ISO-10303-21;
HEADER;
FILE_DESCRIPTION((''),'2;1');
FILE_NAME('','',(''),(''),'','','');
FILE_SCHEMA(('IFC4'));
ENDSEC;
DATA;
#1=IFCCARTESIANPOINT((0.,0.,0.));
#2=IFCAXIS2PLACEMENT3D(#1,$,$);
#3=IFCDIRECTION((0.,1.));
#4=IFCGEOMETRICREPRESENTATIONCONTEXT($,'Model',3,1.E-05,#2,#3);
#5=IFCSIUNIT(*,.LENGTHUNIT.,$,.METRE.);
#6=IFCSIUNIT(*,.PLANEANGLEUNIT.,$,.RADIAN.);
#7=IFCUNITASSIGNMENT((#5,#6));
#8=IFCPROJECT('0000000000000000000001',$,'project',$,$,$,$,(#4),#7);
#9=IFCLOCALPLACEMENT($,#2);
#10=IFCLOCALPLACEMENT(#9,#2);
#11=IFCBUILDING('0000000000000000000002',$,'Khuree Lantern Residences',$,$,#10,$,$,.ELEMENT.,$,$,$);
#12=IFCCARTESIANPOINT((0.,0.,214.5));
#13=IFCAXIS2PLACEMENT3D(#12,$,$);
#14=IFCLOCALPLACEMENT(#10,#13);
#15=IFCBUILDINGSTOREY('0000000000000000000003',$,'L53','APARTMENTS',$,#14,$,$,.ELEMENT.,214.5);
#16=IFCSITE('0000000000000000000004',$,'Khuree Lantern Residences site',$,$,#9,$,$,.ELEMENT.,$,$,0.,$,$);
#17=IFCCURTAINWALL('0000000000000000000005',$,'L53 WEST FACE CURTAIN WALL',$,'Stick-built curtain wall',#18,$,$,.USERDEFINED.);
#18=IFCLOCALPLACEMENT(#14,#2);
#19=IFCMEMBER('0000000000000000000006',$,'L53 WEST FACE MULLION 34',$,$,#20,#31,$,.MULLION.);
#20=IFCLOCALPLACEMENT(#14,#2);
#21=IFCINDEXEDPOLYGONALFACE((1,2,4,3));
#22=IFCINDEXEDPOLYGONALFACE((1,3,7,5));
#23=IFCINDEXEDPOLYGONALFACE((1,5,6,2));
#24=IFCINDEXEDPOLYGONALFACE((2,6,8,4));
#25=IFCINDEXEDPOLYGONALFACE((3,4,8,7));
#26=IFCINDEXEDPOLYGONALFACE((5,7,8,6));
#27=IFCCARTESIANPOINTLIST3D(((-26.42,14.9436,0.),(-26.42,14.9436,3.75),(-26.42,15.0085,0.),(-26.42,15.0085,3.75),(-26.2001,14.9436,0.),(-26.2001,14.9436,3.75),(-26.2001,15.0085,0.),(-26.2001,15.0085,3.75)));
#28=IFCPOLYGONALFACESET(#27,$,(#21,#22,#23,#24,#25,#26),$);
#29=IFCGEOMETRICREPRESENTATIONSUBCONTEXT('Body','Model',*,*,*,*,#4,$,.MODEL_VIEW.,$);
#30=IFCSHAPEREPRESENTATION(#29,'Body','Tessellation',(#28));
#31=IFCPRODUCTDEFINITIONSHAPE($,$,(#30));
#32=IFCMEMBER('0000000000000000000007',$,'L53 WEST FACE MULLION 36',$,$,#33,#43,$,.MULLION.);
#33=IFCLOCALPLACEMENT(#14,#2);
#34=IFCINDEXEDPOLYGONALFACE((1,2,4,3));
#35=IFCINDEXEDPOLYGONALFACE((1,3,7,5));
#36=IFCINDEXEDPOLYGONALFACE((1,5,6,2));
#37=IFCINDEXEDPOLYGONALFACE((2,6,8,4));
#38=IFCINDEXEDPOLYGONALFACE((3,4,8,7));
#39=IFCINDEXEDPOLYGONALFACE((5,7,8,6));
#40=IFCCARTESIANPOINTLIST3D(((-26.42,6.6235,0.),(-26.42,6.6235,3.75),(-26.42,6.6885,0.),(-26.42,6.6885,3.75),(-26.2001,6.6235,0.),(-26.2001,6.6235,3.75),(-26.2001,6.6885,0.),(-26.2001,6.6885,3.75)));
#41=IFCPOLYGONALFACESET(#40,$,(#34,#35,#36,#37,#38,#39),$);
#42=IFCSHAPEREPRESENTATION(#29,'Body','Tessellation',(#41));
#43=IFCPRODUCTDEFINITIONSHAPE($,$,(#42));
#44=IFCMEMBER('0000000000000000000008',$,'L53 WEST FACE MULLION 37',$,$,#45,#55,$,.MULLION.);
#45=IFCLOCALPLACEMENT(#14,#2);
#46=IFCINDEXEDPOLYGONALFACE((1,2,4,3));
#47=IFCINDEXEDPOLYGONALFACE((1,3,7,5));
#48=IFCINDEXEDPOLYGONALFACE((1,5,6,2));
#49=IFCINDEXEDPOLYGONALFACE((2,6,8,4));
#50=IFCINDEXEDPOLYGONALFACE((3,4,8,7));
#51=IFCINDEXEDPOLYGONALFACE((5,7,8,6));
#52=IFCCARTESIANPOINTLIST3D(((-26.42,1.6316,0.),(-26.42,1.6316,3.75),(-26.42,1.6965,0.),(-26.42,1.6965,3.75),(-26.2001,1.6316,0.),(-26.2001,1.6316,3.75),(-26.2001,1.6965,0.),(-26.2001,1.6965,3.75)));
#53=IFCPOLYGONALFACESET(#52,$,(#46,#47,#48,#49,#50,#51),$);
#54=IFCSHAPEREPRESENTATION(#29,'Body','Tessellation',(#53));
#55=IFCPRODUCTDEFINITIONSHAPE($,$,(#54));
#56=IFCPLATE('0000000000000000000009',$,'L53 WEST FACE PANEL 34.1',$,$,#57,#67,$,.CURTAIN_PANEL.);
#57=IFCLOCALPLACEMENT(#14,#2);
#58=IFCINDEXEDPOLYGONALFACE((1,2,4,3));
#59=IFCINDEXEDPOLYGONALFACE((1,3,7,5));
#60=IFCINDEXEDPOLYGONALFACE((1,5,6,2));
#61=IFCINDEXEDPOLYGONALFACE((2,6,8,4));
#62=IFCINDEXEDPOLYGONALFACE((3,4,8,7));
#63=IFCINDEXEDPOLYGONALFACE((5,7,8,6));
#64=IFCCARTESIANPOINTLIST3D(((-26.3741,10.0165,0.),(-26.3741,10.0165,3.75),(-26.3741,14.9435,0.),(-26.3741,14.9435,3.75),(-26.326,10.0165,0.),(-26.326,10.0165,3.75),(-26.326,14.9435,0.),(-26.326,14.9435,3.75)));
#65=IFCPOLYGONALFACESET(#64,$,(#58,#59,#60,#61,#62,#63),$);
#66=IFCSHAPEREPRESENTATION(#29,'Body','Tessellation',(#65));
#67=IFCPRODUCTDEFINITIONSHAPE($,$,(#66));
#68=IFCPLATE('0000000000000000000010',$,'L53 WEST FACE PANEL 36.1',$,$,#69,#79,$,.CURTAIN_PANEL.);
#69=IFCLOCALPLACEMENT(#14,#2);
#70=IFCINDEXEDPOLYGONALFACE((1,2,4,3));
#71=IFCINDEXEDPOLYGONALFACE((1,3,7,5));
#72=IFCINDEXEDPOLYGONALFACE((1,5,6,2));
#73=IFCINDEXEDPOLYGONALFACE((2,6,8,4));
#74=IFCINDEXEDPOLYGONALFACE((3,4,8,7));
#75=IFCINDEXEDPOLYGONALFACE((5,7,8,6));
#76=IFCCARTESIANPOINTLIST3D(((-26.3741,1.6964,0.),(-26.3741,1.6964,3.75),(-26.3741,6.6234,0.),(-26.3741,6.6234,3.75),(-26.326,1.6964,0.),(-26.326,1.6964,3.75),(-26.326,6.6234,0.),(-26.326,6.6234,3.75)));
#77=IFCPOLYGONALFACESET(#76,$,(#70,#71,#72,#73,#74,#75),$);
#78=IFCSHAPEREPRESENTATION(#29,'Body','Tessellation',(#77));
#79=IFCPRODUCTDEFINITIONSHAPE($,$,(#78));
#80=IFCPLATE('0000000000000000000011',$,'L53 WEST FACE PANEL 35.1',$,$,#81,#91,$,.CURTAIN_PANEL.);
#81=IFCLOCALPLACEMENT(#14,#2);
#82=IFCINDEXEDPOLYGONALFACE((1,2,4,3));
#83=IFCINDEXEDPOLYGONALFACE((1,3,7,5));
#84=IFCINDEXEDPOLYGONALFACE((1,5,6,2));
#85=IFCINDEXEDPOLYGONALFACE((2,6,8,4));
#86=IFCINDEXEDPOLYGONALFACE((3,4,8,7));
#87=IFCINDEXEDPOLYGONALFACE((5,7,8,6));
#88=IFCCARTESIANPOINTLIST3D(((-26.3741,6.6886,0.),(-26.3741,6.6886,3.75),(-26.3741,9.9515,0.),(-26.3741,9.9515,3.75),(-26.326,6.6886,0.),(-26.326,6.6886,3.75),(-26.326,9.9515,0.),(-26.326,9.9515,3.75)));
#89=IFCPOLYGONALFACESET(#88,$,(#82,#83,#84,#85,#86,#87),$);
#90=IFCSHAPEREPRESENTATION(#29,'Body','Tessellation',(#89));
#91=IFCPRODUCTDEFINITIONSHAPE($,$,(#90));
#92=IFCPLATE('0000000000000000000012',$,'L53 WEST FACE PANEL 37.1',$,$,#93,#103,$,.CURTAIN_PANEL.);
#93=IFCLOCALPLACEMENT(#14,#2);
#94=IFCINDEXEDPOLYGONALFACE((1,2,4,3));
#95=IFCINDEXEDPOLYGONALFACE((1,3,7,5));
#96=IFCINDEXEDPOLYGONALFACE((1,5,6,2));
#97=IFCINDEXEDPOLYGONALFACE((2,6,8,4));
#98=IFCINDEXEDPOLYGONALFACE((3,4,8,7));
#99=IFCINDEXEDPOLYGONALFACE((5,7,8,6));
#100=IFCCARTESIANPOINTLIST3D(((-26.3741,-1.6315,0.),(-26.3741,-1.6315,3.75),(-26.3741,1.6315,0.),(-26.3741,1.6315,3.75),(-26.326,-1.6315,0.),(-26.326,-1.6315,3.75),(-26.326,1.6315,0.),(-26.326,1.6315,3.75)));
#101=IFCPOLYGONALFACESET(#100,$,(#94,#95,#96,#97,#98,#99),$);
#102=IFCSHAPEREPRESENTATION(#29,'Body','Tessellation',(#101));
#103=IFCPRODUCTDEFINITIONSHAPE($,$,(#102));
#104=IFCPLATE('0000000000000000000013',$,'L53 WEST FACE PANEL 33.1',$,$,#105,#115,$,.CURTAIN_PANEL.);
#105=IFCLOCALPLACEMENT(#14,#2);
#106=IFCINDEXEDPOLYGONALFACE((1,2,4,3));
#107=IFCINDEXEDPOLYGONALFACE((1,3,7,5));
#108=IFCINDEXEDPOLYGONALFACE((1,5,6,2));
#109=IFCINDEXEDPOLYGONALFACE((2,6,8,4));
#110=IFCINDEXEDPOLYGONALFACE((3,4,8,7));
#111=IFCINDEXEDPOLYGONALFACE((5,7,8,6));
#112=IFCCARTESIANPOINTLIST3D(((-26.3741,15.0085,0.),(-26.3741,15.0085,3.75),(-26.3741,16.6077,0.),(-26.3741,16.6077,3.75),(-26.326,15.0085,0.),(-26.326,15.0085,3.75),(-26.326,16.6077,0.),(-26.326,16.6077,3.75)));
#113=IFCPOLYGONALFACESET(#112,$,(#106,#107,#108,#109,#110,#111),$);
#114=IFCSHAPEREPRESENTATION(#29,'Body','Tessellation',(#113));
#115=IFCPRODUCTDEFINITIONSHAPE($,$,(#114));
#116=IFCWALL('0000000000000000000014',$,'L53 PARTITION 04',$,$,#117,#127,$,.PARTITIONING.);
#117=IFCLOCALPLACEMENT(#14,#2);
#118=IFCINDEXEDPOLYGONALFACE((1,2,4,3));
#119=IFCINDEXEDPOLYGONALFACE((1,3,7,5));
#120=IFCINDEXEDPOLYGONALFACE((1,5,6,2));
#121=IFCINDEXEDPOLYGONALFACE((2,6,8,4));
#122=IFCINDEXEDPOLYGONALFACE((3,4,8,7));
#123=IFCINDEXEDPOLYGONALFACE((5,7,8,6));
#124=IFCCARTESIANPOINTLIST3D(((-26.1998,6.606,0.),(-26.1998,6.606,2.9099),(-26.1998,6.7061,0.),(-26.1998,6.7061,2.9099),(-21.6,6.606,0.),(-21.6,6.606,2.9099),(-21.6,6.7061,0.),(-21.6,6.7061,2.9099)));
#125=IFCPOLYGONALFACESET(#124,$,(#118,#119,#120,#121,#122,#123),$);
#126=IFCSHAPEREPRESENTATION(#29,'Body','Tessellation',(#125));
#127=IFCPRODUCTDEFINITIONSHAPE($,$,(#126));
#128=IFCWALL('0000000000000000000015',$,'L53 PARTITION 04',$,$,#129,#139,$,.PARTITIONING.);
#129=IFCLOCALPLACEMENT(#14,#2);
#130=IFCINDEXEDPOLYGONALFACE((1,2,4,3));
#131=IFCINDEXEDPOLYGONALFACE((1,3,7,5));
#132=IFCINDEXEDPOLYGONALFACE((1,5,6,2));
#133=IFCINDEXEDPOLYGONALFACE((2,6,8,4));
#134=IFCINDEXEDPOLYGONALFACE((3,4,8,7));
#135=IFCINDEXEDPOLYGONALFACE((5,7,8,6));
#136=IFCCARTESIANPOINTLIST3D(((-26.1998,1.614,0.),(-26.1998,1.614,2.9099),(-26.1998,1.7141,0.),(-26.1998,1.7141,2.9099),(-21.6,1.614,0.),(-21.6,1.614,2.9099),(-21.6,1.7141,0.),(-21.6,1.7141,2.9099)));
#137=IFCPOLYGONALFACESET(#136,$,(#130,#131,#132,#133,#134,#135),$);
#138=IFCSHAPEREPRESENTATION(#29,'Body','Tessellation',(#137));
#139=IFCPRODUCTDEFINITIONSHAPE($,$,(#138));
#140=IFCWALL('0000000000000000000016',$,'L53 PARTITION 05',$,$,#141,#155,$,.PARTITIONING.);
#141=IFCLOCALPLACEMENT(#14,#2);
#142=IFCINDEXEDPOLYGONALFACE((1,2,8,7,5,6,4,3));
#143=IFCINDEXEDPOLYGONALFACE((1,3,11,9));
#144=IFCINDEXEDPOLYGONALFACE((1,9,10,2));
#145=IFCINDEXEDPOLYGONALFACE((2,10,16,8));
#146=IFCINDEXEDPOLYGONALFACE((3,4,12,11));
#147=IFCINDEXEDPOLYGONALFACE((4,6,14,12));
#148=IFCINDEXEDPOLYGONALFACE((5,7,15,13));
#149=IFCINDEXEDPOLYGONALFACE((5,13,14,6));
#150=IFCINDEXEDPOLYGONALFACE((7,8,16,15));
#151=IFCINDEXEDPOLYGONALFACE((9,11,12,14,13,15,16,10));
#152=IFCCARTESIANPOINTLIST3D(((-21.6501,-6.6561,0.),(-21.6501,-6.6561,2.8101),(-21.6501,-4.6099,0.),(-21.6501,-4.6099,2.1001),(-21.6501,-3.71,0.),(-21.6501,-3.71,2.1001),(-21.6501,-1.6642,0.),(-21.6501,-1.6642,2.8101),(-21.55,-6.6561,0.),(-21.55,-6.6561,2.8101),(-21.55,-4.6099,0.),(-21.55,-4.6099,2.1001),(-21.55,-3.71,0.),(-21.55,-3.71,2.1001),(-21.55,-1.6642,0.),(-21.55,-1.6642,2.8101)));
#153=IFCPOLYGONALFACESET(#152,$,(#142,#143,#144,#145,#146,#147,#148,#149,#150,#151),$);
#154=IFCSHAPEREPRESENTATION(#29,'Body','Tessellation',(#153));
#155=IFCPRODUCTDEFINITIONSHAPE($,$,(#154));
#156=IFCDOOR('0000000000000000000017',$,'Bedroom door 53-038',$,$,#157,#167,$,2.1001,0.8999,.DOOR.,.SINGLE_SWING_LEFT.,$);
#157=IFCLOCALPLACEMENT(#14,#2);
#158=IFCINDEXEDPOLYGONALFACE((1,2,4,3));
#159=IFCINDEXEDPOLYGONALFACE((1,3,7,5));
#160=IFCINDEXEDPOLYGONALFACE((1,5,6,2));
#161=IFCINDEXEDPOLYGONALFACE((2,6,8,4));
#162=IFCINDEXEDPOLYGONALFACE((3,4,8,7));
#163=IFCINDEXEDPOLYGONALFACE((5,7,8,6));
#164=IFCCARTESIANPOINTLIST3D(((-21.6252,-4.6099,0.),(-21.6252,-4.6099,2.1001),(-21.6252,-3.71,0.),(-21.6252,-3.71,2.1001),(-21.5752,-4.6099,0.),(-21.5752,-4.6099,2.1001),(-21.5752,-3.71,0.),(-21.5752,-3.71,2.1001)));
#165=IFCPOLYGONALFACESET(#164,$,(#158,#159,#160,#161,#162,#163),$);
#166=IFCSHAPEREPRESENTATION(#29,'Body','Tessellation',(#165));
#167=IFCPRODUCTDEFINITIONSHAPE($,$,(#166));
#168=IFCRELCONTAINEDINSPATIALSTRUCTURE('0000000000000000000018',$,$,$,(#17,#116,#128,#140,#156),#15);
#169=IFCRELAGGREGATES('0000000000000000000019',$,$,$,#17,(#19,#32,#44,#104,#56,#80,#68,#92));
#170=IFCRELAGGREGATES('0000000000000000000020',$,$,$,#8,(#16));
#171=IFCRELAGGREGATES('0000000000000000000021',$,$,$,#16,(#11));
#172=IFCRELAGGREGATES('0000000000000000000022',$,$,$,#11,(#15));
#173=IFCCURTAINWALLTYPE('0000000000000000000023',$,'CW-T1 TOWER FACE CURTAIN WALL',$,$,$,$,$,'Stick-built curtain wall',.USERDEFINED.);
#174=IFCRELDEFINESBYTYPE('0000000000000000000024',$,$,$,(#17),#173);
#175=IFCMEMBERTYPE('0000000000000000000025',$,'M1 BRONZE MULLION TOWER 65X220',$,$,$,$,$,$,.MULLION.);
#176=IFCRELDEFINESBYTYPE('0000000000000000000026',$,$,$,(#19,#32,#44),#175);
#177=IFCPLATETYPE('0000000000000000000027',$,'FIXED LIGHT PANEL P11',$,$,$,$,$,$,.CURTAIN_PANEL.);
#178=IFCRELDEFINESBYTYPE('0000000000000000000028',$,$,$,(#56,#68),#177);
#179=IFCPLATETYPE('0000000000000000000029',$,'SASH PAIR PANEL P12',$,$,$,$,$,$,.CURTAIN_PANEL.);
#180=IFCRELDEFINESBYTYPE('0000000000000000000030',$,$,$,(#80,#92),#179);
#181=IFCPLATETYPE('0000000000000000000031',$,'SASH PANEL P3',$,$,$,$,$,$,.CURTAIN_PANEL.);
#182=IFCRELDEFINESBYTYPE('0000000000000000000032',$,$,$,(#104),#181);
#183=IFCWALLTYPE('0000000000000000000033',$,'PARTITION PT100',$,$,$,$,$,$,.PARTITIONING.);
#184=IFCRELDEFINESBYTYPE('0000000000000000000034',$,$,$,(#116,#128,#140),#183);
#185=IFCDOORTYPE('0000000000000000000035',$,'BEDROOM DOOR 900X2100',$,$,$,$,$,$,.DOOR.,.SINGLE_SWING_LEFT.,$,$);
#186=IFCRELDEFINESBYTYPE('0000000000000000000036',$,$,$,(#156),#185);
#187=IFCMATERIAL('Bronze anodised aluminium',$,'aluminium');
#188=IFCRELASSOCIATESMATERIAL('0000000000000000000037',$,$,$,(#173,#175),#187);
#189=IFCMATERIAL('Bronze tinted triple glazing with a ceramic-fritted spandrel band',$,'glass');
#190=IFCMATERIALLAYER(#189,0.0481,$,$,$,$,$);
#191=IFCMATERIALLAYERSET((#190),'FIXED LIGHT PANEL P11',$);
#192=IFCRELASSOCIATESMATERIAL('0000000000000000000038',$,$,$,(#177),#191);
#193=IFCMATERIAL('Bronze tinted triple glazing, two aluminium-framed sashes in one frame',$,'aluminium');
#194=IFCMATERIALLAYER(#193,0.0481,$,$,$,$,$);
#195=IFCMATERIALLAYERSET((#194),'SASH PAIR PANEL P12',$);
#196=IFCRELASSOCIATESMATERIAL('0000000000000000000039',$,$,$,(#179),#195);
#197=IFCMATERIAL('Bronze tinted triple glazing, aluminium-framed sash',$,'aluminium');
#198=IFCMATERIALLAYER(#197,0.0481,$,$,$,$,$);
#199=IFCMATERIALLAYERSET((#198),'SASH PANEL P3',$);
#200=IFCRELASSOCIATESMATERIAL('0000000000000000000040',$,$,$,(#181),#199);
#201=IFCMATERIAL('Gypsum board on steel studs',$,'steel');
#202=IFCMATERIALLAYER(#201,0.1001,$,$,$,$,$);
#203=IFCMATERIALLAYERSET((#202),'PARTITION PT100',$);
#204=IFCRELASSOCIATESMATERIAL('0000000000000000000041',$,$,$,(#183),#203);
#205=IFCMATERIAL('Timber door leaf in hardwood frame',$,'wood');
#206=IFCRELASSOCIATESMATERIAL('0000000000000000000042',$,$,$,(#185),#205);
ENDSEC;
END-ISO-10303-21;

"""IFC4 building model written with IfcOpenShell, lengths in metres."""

from ifc_helpers import new_model, si_unit, direction, frame, frame_2d, origin, origin_2d, place, context, subcontext, project, spatial, rectangle, extrude, material, layer, layer_set, material_profile, profile_set, type_object, element, fill, aggregate, save


model = new_model("IFC4")

# Units and contexts
model_context = context("Model", 3, precision=1e-05, world=origin(), true_north=direction((0.0, 1.0)))
body_context = subcontext(model_context, "Body", "Model", "MODEL_VIEW")
ifc_project = project(units=[si_unit("LENGTHUNIT", "METRE"), si_unit("PLANEANGLEUNIT", "RADIAN")], contexts=[model_context])

# Site, building, storey
site_placement = place(None, origin())
site = spatial("IfcSite", under=ifc_project, at=site_placement, Name="Khuree Lantern Residences site", CompositionType="ELEMENT", RefElevation=0.0)
building_placement = place(site_placement, origin())
building = spatial("IfcBuilding", under=site, at=building_placement, Name="Khuree Lantern Residences", CompositionType="ELEMENT")
storey_placement = place(building_placement, frame((0.0, 0.0, 214.5)))
storey = spatial("IfcBuildingStorey", under=building, at=storey_placement, Name="L53", Description="APARTMENTS", CompositionType="ELEMENT", Elevation=214.5)

# Curtain wall
ifc_material_1 = material(Name="Bronze anodised aluminium", Category="aluminium")
curtain_wall_type = type_object("IfcCurtainWallType", Name="CW-T1 TOWER FACE CURTAIN WALL", ElementType="Stick-built curtain wall", PredefinedType="USERDEFINED", material=ifc_material_1)
curtain_wall_placement = place(storey_placement, origin())
curtain_wall = element("IfcCurtainWall", 1, at=curtain_wall_placement, inside=storey, type_object=curtain_wall_type, Name="L53 WEST FACE CURTAIN WALL", ObjectType="Stick-built curtain wall", PredefinedType="USERDEFINED")

# Members
ifc_material_profile_1 = material_profile(ifc_material_1, rectangle(XDim=0.0649, YDim=0.22, at=origin_2d()), Name="M1 65X220")
ifc_profile_set_1 = profile_set([ifc_material_profile_1], Name="Bronze anodised aluminium")
member_type_1 = type_object("IfcMemberType", Name="M1 BRONZE MULLION TOWER 65X220", PredefinedType="MULLION", material=ifc_profile_set_1)
member_1_placement = place(storey_placement, frame((-26.3101, 14.9761, 0.0), z_axis=(0.0, 0.0, 1.0), x_axis=(0.0, -1.0, 0.0)))
member_1 = element("IfcMember", 2, at=member_1_placement, type_object=member_type_1, Name="L53 WEST FACE MULLION 34", PredefinedType="MULLION", context=body_context, shape_type="SweptSolid", body=[
    extrude(rectangle(XDim=0.0649, YDim=0.22, at=origin_2d()), origin(), (0.0, 0.0, 1.0), 3.75),
])
member_2_placement = place(storey_placement, frame((-26.3101, 6.656, 0.0), z_axis=(0.0, 0.0, 1.0), x_axis=(0.0, -1.0, 0.0)))
member_2 = element("IfcMember", 3, at=member_2_placement, type_object=member_type_1, Name="L53 WEST FACE MULLION 36", PredefinedType="MULLION", context=body_context, shape_type="SweptSolid", body=[
    extrude(rectangle(XDim=0.0649, YDim=0.22, at=origin_2d()), origin(), (0.0, 0.0, 1.0), 3.75),
])
member_3_placement = place(storey_placement, frame((-26.3101, 1.6641, 0.0), z_axis=(0.0, 0.0, 1.0), x_axis=(0.0, -1.0, 0.0)))
member_3 = element("IfcMember", 4, at=member_3_placement, type_object=member_type_1, Name="L53 WEST FACE MULLION 37", PredefinedType="MULLION", context=body_context, shape_type="SweptSolid", body=[
    extrude(rectangle(XDim=0.0649, YDim=0.22, at=origin_2d()), origin(), (0.0, 0.0, 1.0), 3.75),
])

# Plates
ifc_material_2 = material(Name="Bronze tinted triple glazing with a ceramic-fritted spandrel band", Category="glass")
ifc_layer_1 = layer(ifc_material_2, 0.0481)
ifc_layer_set_1 = layer_set([ifc_layer_1], Name="FIXED LIGHT PANEL P11")
plate_type_1 = type_object("IfcPlateType", Name="FIXED LIGHT PANEL P11", PredefinedType="CURTAIN_PANEL", material=ifc_layer_set_1)
plate_1_placement = place(storey_placement, frame((-26.3501, 12.48, 0.0), z_axis=(0.0, 0.0, 1.0), x_axis=(0.0, -1.0, 0.0)))
plate_1 = element("IfcPlate", 5, at=plate_1_placement, type_object=plate_type_1, Name="L53 WEST FACE PANEL 34.1", PredefinedType="CURTAIN_PANEL", context=body_context, shape_type="SweptSolid", body=[
    extrude(rectangle(XDim=4.927, YDim=0.0481, at=origin_2d()), origin(), (0.0, 0.0, 1.0), 3.75),
])
plate_2_placement = place(storey_placement, frame((-26.3501, 4.1599, 0.0), z_axis=(0.0, 0.0, 1.0), x_axis=(0.0, -1.0, 0.0)))
plate_2 = element("IfcPlate", 6, at=plate_2_placement, type_object=plate_type_1, Name="L53 WEST FACE PANEL 36.1", PredefinedType="CURTAIN_PANEL", context=body_context, shape_type="SweptSolid", body=[
    extrude(rectangle(XDim=4.927, YDim=0.0481, at=origin_2d()), origin(), (0.0, 0.0, 1.0), 3.75),
])
ifc_material_3 = material(Name="Bronze tinted triple glazing, two aluminium-framed sashes in one frame", Category="aluminium")
ifc_layer_2 = layer(ifc_material_3, 0.0481)
ifc_layer_set_2 = layer_set([ifc_layer_2], Name="SASH PAIR PANEL P12")
plate_type_2 = type_object("IfcPlateType", Name="SASH PAIR PANEL P12", PredefinedType="CURTAIN_PANEL", material=ifc_layer_set_2)
plate_3_placement = place(storey_placement, frame((-26.3501, 8.3201, 0.0), z_axis=(0.0, 0.0, 1.0), x_axis=(0.0, -1.0, 0.0)))
plate_3 = element("IfcPlate", 7, at=plate_3_placement, type_object=plate_type_2, Name="L53 WEST FACE PANEL 35.1", PredefinedType="CURTAIN_PANEL", context=body_context, shape_type="SweptSolid", body=[
    extrude(rectangle(XDim=3.2629, YDim=0.0481, at=origin_2d()), origin(), (0.0, 0.0, 1.0), 3.75),
])
plate_4_placement = place(storey_placement, frame((-26.3501, 0.0, 0.0), z_axis=(0.0, 0.0, 1.0), x_axis=(0.0, -1.0, 0.0)))
plate_4 = element("IfcPlate", 8, at=plate_4_placement, type_object=plate_type_2, Name="L53 WEST FACE PANEL 37.1", PredefinedType="CURTAIN_PANEL", context=body_context, shape_type="SweptSolid", body=[
    extrude(rectangle(XDim=3.2629, YDim=0.0481, at=origin_2d()), origin(), (0.0, 0.0, 1.0), 3.75),
])
ifc_material_4 = material(Name="Bronze tinted triple glazing, aluminium-framed sash", Category="aluminium")
ifc_layer_3 = layer(ifc_material_4, 0.0481)
ifc_layer_set_3 = layer_set([ifc_layer_3], Name="SASH PANEL P3")
plate_type_3 = type_object("IfcPlateType", Name="SASH PANEL P3", PredefinedType="CURTAIN_PANEL", material=ifc_layer_set_3)
plate_5_placement = place(storey_placement, frame((-26.3501, 15.8081, 0.0), z_axis=(0.0, 0.0, 1.0), x_axis=(0.0, -1.0, 0.0)))
plate_5 = element("IfcPlate", 9, at=plate_5_placement, type_object=plate_type_3, Name="L53 WEST FACE PANEL 33.1", PredefinedType="CURTAIN_PANEL", context=body_context, shape_type="SweptSolid", body=[
    extrude(rectangle(XDim=1.5991, YDim=0.0481, at=origin_2d()), origin(), (0.0, 0.0, 1.0), 3.75),
])
aggregate(curtain_wall, [member_1, member_2, member_3, plate_5, plate_1, plate_3, plate_2, plate_4])

# Walls
ifc_material_5 = material(Name="Gypsum board on steel studs", Category="steel")
ifc_layer_4 = layer(ifc_material_5, 0.1001)
ifc_layer_set_4 = layer_set([ifc_layer_4], Name="PARTITION PT100")
wall_type = type_object("IfcWallType", Name="PARTITION PT100", PredefinedType="PARTITIONING", material=ifc_layer_set_4)
for number, where, z_axis, x_axis, name in (
    (10, (-21.6001, 6.656, 0.0), (0.0, 0.0, 1.0), (-1.0, 0.0, 0.0), "L53 PARTITION 04"),
    (11, (-21.6001, 1.6641, 0.0), (0.0, 0.0, 1.0), (-1.0, 0.0, 0.0), "L53 PARTITION 04"),
):
    element("IfcWall", number, at=place(storey_placement, frame(where, z_axis=z_axis, x_axis=x_axis)), inside=storey, type_object=wall_type, Name=name, PredefinedType="PARTITIONING", context=body_context, shape_type="SweptSolid", body=[
        extrude(rectangle(XDim=4.5999, YDim=0.1001, at=frame_2d((2.2998, 0.0))), origin(), (0.0, 0.0, 1.0), 2.9099),
    ])

# Wall, opening, door
wall_placement = place(storey_placement, frame((-21.6001, -1.6641, 0.0), z_axis=(0.0, 0.0, 1.0), x_axis=(0.0, -1.0, 0.0)))
wall = element("IfcWall", 12, at=wall_placement, inside=storey, type_object=wall_type, Name="L53 PARTITION 05", PredefinedType="PARTITIONING", context=body_context, shape_type="SweptSolid", body=[
    extrude(rectangle(XDim=4.9919, YDim=0.1001, at=frame_2d((2.4961, 0.0))), origin(), (0.0, 0.0, 1.0), 2.8101),
])
opening_placement = place(wall_placement, frame((2.0459, 0.0, 0.0)))
opening = element("IfcOpeningElement", 13, at=opening_placement, cuts=wall, PredefinedType="OPENING", context=body_context, shape_type="SweptSolid", body=[
    extrude(rectangle(XDim=0.8999, YDim=2.1001, at=frame_2d((0.45, 1.05))), frame((0.0, 0.0601, 0.0), z_axis=(0.0, -1.0, 0.0), x_axis=(1.0, 0.0, 0.0)), (0.0, 0.0, 1.0), 0.1201),
])
ifc_material_6 = material(Name="Timber door leaf in hardwood frame", Category="wood")
door_type = type_object("IfcDoorType", Name="BEDROOM DOOR 900X2100", OperationType="SINGLE_SWING_LEFT", PredefinedType="DOOR", material=ifc_material_6)
door_placement = place(opening_placement, origin())
door = element("IfcDoor", 14, at=door_placement, inside=storey, type_object=door_type, Name="Bedroom door 53-038", OperationType="SINGLE_SWING_LEFT", OverallHeight=2.1001, OverallWidth=0.8999, PredefinedType="DOOR", context=body_context, shape_type="SweptSolid", body=[
    extrude(rectangle(XDim=0.8999, YDim=2.1001, at=frame_2d((0.45, 1.05))), frame((0.0, 0.0249, 0.0), z_axis=(0.0, -1.0, 0.0), x_axis=(1.0, 0.0, 0.0)), (0.0, 0.0, 1.0), 0.05),
])
fill(opening, door)

save(model, "model.ifc")
